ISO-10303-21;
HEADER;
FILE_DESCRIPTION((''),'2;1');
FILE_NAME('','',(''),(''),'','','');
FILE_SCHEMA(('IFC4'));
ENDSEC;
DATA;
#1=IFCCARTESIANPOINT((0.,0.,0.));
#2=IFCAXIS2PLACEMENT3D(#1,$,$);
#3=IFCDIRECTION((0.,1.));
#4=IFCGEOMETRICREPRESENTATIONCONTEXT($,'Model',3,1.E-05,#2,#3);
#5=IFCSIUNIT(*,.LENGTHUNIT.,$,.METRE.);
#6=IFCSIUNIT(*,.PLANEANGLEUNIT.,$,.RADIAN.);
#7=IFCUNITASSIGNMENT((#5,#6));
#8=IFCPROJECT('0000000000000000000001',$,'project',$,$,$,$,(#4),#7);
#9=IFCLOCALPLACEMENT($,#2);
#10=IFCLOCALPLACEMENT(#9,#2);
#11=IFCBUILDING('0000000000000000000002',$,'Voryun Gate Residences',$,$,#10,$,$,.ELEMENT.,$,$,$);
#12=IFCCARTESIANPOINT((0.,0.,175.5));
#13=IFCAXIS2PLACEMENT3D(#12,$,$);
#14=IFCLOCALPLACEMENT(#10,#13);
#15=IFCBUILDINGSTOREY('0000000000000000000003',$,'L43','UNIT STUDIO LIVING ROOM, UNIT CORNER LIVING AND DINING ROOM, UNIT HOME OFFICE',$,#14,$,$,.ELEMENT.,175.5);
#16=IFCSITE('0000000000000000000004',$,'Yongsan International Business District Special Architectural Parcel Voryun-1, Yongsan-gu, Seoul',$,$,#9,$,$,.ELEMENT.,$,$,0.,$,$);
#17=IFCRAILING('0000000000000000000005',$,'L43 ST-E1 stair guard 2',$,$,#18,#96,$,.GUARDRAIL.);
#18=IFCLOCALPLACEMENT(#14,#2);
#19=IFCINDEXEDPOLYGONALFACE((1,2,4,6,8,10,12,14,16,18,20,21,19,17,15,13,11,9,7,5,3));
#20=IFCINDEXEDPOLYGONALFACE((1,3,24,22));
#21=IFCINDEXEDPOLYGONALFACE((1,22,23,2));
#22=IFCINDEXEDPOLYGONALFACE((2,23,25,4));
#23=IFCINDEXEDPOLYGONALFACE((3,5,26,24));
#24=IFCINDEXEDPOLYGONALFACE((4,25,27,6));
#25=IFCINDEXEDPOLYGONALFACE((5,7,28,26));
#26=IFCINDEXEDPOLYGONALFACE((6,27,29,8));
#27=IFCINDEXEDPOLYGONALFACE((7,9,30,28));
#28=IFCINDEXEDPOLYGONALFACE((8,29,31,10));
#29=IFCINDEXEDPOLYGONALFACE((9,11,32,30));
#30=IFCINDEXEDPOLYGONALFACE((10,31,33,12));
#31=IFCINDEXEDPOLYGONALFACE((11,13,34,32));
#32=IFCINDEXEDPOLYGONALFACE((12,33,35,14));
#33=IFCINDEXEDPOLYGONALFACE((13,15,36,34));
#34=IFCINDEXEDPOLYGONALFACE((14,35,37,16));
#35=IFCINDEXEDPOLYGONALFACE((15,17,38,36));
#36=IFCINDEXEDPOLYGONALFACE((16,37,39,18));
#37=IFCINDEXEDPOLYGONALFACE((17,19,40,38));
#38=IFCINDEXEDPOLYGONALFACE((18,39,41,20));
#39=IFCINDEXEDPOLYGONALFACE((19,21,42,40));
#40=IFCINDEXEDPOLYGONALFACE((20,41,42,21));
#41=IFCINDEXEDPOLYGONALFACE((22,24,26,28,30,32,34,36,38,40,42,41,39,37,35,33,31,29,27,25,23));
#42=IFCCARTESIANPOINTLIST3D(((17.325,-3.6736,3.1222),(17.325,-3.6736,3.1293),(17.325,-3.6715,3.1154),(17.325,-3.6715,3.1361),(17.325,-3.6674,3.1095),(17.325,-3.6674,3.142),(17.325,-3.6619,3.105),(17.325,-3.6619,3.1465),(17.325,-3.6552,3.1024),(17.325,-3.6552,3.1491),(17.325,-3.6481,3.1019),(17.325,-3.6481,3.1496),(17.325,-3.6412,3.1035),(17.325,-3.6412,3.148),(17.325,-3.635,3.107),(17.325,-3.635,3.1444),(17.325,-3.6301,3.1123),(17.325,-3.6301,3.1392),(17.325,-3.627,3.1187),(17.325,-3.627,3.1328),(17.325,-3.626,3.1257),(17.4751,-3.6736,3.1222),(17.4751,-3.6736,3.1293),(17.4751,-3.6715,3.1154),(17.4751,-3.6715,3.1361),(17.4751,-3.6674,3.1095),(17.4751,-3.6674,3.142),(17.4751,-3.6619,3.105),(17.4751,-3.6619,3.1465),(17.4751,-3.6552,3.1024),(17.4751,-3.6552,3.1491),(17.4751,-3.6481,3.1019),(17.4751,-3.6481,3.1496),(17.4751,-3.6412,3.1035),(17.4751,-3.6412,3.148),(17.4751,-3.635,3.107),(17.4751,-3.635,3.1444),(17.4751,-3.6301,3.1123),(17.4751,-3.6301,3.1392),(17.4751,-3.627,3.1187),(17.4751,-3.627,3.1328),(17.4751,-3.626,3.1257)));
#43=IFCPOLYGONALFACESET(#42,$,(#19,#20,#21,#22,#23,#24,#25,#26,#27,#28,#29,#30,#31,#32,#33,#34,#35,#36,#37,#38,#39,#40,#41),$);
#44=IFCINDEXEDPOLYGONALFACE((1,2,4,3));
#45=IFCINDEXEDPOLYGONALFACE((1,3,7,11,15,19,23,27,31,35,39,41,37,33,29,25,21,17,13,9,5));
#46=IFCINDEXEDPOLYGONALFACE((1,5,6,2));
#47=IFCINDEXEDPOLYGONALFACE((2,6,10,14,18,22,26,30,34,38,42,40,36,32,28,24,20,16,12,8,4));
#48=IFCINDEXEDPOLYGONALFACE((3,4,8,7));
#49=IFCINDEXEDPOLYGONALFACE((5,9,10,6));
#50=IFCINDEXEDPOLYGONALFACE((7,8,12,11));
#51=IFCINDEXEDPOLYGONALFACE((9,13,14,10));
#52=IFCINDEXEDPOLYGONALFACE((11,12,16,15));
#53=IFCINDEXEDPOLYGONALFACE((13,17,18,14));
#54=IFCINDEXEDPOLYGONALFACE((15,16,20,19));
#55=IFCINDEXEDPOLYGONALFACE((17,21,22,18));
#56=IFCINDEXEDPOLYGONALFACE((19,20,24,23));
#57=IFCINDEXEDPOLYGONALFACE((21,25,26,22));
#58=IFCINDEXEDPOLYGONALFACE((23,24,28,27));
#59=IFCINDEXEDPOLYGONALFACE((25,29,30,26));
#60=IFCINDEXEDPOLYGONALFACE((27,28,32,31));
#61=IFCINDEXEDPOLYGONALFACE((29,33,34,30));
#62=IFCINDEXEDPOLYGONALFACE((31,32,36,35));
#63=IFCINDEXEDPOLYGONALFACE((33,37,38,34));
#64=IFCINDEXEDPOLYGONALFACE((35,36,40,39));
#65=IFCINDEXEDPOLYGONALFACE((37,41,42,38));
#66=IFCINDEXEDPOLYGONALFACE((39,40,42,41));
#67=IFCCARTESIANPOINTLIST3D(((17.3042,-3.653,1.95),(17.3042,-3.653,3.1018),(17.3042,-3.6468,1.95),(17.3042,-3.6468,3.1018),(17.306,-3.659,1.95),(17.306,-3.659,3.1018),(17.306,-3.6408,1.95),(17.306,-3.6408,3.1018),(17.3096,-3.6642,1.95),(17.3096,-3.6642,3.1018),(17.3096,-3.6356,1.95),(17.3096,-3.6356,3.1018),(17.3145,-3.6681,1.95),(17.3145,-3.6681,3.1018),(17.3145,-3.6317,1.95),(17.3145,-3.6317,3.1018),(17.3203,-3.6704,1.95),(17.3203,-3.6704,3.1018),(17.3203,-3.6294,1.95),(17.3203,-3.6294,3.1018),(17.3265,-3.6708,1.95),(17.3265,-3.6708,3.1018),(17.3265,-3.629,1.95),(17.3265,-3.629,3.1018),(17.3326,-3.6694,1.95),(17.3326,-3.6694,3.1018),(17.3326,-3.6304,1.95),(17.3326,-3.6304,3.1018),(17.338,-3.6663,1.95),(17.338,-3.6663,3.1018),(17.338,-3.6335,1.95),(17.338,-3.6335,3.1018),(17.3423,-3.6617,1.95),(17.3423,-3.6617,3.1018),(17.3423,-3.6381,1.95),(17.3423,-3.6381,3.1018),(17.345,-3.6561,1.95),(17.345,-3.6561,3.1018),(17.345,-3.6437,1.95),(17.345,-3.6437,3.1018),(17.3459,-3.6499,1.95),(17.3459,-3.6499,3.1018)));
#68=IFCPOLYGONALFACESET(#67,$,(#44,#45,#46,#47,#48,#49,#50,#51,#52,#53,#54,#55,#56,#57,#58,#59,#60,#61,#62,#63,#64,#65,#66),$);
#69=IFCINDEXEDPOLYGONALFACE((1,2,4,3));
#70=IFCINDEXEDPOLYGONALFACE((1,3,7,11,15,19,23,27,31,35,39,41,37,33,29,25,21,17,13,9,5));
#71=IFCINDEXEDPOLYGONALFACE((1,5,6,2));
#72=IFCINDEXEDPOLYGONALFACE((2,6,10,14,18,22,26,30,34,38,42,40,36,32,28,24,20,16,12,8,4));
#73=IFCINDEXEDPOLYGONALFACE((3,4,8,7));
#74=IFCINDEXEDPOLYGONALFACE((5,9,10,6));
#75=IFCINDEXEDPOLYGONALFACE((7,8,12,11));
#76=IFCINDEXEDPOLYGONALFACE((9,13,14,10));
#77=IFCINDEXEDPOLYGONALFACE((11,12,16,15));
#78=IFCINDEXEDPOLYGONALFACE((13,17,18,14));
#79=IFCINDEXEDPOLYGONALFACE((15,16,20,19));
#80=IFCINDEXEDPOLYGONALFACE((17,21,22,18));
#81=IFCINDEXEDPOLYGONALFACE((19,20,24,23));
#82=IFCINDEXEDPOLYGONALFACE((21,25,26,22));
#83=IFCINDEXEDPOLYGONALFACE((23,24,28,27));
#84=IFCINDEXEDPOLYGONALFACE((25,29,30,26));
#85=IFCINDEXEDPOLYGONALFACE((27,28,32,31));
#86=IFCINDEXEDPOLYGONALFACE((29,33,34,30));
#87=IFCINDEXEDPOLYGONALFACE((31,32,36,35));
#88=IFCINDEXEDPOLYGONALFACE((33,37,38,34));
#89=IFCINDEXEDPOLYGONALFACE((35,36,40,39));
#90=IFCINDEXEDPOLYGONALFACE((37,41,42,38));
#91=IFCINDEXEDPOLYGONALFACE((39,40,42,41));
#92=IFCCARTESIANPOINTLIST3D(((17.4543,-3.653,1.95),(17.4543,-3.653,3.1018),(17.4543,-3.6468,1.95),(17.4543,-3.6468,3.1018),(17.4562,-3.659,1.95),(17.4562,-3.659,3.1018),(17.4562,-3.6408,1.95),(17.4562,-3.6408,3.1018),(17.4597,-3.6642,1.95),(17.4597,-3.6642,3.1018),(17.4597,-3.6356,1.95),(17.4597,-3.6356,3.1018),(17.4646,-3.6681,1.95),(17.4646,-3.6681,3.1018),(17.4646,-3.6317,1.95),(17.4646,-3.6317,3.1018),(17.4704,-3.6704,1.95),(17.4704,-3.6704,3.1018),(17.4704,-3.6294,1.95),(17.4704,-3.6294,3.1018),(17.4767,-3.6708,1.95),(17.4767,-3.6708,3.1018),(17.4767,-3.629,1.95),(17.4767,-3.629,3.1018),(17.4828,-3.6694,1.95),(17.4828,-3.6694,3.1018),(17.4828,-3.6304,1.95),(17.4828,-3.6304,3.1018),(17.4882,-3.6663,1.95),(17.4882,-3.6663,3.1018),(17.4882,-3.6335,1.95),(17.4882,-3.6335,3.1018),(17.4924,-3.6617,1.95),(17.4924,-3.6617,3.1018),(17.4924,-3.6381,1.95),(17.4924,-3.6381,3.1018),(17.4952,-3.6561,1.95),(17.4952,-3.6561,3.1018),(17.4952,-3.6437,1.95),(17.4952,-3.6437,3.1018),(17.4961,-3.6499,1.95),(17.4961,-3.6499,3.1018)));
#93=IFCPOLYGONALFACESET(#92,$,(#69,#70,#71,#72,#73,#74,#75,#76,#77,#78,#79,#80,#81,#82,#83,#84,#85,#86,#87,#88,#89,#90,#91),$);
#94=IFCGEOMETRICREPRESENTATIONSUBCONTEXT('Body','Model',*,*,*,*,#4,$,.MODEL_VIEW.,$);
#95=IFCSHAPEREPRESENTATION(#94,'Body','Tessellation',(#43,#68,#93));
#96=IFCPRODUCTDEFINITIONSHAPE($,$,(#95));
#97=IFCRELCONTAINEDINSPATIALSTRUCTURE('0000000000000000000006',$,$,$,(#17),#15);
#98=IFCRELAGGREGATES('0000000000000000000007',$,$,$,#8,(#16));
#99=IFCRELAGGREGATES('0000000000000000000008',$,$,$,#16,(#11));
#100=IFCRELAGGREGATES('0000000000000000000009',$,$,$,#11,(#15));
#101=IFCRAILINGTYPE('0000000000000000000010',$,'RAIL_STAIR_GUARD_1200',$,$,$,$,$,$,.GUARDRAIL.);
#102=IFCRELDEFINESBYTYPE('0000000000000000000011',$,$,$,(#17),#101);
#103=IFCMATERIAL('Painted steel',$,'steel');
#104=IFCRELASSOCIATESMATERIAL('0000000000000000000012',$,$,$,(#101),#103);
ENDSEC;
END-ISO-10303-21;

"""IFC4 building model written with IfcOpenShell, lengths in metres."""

from ifc_helpers import new_model, si_unit, direction, frame, origin, origin_2d, place, context, subcontext, project, spatial, circle, extrude, material, type_object, element, save


model = new_model("IFC4")

# Units and contexts
model_context = context("Model", 3, precision=1e-05, world=origin(), true_north=direction((0.0, 1.0)))
body_context = subcontext(model_context, "Body", "Model", "MODEL_VIEW")
ifc_project = project(units=[si_unit("LENGTHUNIT", "METRE"), si_unit("PLANEANGLEUNIT", "RADIAN")], contexts=[model_context])

# Site, building, storey
site_placement = place(None, origin())
site = spatial("IfcSite", under=ifc_project, at=site_placement, Name="Yongsan International Business District Special Architectural Parcel Voryun-1, Yongsan-gu, Seoul", CompositionType="ELEMENT", RefElevation=0.0)
building_placement = place(site_placement, origin())
building = spatial("IfcBuilding", under=site, at=building_placement, Name="Voryun Gate Residences", CompositionType="ELEMENT")
storey_placement = place(building_placement, frame((0.0, 0.0, 175.5)))
storey = spatial("IfcBuildingStorey", under=building, at=storey_placement, Name="L43", Description="UNIT STUDIO LIVING ROOM, UNIT CORNER LIVING AND DINING ROOM, UNIT HOME OFFICE", CompositionType="ELEMENT", Elevation=175.5)

# Railing
ifc_material_1 = material(Name="Painted steel", Category="steel")
railing_type_1 = type_object("IfcRailingType", Name="RAIL_STAIR_GUARD_1200", PredefinedType="GUARDRAIL", material=ifc_material_1)
railing_1_placement = place(storey_placement, frame((17.325, -3.6499, 1.95)))
element("IfcRailing", 1, at=railing_1_placement, inside=storey, type_object=railing_type_1, Name="L43 ST-E1 stair guard 2", PredefinedType="GUARDRAIL", context=body_context, shape_type="SweptSolid", body=[
    extrude(circle(Radius=0.0239, at=origin_2d()), frame((0.0, 0.0, 1.1758), z_axis=(1.0, 0.0, 0.0), x_axis=(0.0, 1.0, 0.0)), (0.0, 0.0, 1.0), 0.1501),
    extrude(circle(Radius=0.021, at=origin_2d()), origin(), (0.0, 0.0, 1.0), 1.1519),
    extrude(circle(Radius=0.021, at=origin_2d()), frame((0.1501, 0.0, 0.0)), (0.0, 0.0, 1.0), 1.1519),
])

save(model, "model.ifc")
